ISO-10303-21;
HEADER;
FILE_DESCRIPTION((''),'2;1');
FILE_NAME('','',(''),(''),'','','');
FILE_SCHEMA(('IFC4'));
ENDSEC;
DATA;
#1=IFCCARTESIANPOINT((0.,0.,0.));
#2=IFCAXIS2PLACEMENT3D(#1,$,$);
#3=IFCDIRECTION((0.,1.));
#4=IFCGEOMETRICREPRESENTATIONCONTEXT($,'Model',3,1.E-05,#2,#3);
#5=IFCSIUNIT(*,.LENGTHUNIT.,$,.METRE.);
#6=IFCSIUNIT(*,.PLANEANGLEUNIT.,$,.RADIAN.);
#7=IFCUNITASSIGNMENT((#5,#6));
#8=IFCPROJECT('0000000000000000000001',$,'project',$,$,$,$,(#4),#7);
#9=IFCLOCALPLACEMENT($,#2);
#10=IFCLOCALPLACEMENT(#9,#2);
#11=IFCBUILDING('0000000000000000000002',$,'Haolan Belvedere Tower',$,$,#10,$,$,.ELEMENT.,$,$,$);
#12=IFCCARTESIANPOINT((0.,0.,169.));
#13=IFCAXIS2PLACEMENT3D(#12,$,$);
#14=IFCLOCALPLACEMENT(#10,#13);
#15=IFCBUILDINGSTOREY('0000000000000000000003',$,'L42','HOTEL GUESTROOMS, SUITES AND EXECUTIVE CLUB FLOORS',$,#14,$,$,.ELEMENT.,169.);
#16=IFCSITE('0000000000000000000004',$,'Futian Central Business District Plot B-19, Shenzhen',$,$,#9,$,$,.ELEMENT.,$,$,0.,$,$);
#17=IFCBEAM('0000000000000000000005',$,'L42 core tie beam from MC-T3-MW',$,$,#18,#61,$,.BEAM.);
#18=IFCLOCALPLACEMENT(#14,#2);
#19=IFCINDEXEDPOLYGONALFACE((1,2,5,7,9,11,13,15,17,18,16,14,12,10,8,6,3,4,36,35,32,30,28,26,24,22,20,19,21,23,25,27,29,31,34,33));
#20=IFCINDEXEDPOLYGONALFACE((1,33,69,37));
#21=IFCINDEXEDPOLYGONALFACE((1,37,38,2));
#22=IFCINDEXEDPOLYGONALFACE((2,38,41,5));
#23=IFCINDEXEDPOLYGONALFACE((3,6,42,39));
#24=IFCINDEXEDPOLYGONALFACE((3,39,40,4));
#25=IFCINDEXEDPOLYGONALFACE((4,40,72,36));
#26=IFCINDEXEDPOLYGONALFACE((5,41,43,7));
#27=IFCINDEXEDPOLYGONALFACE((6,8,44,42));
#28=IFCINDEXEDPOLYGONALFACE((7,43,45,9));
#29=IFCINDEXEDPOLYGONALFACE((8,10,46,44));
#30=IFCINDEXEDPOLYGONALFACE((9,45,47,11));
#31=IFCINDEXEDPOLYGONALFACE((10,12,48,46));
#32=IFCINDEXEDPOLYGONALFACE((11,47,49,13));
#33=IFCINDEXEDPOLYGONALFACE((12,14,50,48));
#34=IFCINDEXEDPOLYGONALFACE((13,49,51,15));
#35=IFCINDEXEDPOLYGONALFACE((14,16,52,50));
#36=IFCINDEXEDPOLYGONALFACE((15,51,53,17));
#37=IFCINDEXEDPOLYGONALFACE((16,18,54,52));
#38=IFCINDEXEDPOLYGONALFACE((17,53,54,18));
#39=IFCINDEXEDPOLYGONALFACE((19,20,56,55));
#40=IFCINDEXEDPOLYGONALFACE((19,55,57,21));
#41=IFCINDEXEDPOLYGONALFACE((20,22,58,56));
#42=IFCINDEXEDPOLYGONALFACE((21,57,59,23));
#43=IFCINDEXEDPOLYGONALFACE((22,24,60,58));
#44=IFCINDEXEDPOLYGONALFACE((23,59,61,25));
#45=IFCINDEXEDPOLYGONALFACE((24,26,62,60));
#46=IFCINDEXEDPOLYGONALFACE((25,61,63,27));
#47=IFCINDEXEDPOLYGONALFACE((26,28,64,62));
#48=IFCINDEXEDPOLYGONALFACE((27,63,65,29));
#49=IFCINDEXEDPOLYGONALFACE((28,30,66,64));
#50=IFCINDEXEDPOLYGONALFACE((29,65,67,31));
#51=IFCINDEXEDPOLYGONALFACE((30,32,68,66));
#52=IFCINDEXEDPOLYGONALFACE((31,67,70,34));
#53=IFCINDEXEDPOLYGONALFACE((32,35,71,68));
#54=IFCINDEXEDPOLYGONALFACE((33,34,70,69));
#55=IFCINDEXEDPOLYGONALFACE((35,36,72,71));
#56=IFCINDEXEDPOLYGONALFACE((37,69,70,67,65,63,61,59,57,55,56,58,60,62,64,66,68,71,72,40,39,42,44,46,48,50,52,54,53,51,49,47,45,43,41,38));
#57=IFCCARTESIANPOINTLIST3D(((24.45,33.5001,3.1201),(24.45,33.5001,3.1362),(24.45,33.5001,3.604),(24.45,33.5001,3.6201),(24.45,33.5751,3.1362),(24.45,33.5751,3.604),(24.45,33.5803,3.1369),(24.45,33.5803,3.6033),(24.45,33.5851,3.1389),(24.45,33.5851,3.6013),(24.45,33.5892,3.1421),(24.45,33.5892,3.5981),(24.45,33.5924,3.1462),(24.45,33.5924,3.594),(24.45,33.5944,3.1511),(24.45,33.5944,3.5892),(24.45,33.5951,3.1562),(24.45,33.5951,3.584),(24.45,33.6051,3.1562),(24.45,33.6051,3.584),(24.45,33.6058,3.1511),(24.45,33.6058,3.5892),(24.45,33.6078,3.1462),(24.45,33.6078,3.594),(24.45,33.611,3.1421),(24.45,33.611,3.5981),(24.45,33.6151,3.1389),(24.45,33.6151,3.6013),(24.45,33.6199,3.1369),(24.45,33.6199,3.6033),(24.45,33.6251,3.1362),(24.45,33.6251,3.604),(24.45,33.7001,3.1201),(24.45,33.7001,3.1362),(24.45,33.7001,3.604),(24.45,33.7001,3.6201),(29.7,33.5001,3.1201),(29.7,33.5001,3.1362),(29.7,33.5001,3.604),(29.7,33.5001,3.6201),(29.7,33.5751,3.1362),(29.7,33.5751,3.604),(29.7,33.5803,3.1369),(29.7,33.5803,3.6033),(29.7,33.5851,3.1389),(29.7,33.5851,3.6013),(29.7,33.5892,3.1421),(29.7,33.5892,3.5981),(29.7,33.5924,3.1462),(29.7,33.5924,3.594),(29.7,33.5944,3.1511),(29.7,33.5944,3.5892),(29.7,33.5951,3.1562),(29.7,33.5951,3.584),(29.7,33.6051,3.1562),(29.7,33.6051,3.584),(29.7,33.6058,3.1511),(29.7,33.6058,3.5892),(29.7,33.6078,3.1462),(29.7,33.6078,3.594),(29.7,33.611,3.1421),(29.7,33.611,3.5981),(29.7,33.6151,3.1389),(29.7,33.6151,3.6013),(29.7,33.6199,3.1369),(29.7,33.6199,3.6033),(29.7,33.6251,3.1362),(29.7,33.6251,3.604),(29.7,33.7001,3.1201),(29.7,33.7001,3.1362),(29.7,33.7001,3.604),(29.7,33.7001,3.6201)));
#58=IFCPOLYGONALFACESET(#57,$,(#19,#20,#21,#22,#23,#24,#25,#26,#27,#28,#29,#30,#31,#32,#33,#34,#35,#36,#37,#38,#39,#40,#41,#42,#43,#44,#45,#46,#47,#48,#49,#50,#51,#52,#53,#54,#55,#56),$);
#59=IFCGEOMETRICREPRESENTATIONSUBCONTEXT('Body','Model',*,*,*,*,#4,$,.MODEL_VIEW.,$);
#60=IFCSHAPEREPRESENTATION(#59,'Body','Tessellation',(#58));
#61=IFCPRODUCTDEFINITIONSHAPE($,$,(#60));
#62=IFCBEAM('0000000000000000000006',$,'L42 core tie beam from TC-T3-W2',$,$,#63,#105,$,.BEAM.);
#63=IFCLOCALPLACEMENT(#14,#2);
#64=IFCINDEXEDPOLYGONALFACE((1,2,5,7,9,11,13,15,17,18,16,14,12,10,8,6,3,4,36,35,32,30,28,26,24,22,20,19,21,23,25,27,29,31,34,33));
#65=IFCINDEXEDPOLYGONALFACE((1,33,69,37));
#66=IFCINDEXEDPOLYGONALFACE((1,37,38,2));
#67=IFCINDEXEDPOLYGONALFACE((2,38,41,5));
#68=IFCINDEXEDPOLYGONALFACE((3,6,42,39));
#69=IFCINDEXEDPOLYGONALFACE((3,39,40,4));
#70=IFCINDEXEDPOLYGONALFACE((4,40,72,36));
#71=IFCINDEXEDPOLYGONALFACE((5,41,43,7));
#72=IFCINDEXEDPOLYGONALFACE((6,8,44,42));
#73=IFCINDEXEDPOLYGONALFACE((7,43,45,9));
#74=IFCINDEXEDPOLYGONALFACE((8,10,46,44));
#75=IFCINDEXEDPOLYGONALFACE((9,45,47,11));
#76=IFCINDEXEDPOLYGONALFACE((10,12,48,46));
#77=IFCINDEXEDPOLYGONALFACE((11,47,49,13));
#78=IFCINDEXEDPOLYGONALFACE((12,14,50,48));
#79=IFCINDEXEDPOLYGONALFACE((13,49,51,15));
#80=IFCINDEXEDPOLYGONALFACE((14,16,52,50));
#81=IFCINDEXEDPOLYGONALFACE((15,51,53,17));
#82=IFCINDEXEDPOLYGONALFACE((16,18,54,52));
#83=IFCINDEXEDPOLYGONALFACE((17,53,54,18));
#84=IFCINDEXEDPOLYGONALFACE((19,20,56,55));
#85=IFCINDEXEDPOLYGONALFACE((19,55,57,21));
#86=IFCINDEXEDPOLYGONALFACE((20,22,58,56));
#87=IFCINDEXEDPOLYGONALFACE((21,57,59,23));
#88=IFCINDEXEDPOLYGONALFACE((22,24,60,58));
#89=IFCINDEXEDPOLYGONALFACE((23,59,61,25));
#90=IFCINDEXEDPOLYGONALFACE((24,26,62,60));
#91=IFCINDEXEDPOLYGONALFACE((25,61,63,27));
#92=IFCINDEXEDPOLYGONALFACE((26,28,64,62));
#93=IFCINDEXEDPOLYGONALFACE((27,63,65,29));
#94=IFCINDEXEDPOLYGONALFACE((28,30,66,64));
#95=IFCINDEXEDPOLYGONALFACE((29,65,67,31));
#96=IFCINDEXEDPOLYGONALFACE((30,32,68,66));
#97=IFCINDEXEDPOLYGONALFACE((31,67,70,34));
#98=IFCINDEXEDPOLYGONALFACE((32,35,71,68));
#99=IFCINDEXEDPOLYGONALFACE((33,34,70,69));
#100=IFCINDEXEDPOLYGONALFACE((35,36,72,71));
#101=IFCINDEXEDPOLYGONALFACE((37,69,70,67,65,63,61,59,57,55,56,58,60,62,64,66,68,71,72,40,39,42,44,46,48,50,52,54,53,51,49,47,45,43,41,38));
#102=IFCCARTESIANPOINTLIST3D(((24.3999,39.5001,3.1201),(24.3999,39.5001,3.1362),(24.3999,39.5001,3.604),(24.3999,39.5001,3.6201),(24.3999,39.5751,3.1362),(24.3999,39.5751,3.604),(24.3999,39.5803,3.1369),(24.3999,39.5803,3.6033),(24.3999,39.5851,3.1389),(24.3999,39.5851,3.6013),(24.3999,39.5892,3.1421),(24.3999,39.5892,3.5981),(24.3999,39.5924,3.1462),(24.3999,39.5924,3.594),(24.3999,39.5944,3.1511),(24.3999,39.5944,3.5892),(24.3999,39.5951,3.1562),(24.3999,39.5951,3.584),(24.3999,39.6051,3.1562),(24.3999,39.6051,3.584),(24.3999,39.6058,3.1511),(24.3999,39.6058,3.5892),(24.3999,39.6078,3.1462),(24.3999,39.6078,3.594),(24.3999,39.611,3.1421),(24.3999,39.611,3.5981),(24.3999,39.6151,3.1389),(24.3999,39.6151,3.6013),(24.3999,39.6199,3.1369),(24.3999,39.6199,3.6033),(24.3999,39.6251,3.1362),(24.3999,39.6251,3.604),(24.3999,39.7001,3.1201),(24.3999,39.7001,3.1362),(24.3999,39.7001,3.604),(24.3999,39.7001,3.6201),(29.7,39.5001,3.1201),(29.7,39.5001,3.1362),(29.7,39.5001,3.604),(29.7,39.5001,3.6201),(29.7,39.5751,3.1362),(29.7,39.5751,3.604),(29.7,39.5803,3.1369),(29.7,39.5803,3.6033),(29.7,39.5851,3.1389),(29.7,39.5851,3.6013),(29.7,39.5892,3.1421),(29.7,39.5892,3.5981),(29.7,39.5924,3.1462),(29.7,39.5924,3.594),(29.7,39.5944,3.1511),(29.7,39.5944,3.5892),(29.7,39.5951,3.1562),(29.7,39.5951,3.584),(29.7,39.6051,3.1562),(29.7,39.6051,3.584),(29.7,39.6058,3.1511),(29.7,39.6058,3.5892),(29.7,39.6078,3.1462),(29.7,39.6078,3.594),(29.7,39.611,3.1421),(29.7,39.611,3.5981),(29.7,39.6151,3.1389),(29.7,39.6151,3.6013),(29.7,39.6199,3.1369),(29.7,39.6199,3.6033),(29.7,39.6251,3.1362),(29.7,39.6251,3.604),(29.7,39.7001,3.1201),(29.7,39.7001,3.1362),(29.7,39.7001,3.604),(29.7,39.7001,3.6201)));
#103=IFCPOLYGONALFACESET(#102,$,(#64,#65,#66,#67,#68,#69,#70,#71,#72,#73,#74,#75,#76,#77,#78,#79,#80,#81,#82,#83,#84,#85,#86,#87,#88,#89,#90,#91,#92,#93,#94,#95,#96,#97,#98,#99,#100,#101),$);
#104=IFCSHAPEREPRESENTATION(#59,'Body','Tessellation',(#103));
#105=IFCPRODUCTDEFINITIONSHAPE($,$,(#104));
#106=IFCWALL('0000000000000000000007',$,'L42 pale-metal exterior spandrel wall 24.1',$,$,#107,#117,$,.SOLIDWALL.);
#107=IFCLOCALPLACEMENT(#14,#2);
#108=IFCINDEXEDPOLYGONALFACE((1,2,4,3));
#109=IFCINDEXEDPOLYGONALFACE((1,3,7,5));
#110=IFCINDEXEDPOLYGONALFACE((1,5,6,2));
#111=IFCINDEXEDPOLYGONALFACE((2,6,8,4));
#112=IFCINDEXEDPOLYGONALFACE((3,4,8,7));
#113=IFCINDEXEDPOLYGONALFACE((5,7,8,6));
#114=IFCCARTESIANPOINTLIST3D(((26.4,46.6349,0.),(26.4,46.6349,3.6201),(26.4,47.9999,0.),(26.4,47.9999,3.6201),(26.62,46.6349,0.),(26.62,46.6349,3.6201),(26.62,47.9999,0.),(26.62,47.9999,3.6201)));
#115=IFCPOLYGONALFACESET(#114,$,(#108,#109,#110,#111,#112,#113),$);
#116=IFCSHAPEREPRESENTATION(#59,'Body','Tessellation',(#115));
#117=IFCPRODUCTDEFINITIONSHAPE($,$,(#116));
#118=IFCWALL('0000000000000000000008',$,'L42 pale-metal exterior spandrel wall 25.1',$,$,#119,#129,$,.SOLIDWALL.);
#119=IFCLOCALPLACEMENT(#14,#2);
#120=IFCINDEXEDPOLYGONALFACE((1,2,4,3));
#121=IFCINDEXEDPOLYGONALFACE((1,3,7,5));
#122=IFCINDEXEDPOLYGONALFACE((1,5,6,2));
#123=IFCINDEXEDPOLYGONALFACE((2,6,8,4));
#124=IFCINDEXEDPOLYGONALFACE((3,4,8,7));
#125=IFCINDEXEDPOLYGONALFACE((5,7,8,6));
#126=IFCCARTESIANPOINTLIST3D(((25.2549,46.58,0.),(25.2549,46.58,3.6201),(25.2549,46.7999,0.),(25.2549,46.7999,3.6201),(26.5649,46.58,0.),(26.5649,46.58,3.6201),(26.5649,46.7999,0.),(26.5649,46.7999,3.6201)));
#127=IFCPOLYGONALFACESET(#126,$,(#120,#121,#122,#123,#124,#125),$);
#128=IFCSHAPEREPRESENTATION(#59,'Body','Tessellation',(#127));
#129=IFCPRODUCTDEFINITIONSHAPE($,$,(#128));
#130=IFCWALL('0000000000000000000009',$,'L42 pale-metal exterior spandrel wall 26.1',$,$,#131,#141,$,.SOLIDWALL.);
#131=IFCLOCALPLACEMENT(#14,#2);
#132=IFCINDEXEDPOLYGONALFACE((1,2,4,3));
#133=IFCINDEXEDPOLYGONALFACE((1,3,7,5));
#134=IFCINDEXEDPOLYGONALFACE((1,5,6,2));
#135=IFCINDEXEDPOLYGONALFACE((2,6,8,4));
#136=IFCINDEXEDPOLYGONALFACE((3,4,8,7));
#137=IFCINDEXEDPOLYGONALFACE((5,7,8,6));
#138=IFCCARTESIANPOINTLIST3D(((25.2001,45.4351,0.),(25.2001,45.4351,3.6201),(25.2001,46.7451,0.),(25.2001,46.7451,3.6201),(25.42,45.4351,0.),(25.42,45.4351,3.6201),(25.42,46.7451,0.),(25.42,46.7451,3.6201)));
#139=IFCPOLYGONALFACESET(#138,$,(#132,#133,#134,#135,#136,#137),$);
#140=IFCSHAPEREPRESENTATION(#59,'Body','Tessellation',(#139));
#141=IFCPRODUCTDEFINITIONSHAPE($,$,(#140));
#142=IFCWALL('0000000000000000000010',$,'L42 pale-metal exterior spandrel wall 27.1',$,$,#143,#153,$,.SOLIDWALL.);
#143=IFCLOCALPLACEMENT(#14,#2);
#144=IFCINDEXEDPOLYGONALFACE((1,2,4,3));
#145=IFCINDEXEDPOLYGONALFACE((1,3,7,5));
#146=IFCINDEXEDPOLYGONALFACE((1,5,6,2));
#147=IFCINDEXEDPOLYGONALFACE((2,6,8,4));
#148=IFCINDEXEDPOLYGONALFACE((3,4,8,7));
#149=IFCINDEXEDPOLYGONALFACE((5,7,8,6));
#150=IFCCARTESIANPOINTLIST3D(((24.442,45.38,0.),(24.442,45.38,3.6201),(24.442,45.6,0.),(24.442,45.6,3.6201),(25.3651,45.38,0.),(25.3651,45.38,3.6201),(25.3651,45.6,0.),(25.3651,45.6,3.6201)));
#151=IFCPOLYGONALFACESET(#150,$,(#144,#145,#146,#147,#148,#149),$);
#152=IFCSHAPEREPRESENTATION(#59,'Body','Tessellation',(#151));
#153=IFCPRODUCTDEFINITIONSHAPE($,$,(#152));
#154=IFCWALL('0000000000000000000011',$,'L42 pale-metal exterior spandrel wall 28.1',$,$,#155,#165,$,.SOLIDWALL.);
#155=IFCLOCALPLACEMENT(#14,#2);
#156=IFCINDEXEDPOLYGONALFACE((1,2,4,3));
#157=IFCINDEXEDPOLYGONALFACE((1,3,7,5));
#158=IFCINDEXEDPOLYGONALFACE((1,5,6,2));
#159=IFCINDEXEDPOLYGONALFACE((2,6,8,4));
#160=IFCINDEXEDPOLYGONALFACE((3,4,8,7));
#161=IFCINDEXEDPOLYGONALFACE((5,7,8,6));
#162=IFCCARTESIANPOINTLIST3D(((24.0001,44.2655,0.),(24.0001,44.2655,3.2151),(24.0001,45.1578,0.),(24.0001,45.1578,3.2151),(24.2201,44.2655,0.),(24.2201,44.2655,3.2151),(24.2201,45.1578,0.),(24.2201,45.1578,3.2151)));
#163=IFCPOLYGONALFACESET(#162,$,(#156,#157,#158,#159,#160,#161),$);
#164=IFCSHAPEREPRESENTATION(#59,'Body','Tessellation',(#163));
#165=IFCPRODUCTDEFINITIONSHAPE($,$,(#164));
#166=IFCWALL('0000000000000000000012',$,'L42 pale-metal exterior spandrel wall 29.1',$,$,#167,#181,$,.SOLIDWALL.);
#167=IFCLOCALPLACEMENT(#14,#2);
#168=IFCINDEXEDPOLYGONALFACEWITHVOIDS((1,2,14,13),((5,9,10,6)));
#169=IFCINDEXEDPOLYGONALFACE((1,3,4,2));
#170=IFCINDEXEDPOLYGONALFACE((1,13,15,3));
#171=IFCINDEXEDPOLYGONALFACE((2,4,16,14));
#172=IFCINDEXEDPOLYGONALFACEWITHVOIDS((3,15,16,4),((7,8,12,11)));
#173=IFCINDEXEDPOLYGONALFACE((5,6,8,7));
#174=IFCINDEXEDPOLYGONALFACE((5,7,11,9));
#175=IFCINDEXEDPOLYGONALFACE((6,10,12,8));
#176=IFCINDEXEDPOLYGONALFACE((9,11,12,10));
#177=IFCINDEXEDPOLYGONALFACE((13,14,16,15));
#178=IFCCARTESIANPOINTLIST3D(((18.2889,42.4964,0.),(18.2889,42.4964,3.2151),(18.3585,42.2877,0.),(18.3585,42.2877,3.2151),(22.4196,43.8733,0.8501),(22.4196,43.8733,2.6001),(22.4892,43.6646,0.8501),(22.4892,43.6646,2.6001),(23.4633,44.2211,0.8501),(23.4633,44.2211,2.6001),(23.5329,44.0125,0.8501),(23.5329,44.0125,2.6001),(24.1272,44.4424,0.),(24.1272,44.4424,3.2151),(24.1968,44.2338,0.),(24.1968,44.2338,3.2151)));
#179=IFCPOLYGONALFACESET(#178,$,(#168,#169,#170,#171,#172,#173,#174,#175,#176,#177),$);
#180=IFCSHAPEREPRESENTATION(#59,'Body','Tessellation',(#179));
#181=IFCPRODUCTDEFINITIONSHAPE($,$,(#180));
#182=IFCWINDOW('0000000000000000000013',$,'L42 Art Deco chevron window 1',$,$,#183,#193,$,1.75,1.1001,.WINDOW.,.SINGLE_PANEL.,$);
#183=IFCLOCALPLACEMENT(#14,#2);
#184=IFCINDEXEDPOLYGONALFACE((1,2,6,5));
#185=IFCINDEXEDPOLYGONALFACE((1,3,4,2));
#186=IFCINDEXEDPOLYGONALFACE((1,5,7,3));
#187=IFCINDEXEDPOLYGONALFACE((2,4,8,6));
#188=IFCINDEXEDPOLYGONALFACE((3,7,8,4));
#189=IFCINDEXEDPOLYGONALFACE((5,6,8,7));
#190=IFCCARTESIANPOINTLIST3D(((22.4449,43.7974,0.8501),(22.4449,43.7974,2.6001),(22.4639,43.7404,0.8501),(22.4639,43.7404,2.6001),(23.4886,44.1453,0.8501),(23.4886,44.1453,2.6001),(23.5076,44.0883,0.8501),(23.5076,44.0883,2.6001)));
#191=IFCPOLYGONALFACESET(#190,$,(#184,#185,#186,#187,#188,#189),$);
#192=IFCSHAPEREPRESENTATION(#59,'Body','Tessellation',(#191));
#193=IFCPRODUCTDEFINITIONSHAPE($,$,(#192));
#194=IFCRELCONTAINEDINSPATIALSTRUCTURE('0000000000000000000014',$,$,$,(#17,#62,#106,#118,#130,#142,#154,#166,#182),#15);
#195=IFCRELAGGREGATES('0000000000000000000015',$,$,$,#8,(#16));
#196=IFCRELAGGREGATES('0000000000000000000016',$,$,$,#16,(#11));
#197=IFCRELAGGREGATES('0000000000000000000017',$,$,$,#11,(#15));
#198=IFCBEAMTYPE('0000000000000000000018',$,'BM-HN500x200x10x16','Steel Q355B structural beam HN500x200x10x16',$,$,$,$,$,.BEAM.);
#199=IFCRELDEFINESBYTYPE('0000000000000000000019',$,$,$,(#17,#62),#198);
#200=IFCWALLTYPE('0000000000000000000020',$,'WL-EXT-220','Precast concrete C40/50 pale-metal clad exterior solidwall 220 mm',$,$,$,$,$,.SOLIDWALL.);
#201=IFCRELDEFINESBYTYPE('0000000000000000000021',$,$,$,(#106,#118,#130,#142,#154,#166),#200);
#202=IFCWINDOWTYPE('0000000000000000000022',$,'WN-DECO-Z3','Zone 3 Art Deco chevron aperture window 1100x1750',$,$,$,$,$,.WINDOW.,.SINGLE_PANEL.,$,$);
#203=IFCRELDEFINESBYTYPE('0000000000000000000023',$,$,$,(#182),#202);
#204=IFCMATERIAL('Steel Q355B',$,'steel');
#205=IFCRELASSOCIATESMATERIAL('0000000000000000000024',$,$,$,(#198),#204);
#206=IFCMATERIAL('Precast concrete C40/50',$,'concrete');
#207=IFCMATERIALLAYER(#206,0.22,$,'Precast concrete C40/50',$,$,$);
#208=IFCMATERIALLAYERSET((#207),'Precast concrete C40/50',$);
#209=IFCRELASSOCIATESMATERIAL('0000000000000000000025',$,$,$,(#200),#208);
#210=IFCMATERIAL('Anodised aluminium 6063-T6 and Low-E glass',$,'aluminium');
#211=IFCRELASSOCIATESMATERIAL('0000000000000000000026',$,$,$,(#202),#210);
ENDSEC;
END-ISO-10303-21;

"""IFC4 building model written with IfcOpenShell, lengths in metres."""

from ifc_helpers import new_model, si_unit, direction, frame, frame_2d, origin, origin_2d, place, context, subcontext, project, spatial, rectangle, i_section, extrude, material, layer, layer_set, material_profile, profile_set, type_object, element, fill, save


model = new_model("IFC4")

# Units and contexts
model_context = context("Model", 3, precision=1e-05, world=origin(), true_north=direction((0.0, 1.0)))
body_context = subcontext(model_context, "Body", "Model", "MODEL_VIEW")
ifc_project = project(units=[si_unit("LENGTHUNIT", "METRE"), si_unit("PLANEANGLEUNIT", "RADIAN")], contexts=[model_context])

# Site, building, storey
site_placement = place(None, origin())
site = spatial("IfcSite", under=ifc_project, at=site_placement, Name="Futian Central Business District Plot B-19, Shenzhen", CompositionType="ELEMENT", RefElevation=0.0)
building_placement = place(site_placement, origin())
building = spatial("IfcBuilding", under=site, at=building_placement, Name="Haolan Belvedere Tower", CompositionType="ELEMENT")
storey_placement = place(building_placement, frame((0.0, 0.0, 169.0)))
storey = spatial("IfcBuildingStorey", under=building, at=storey_placement, Name="L42", Description="HOTEL GUESTROOMS, SUITES AND EXECUTIVE CLUB FLOORS", CompositionType="ELEMENT", Elevation=169.0)

# Beams
ifc_material_1 = material(Name="Steel Q355B", Category="steel")
ifc_material_profile_1 = material_profile(ifc_material_1, i_section(OverallWidth=0.2, OverallDepth=0.5, WebThickness=0.01, FlangeThickness=0.0161, FilletRadius=0.02, at=origin_2d()), Name="Steel Q355B")
ifc_profile_set_1 = profile_set([ifc_material_profile_1], Name="Steel Q355B")
beam_type_1 = type_object("IfcBeamType", Name="BM-HN500x200x10x16", Description="Steel Q355B structural beam HN500x200x10x16", PredefinedType="BEAM", material=ifc_profile_set_1)
beam_1_placement = place(storey_placement, frame((24.45, 33.6001, 3.3701), z_axis=(1.0, 0.0, 0.0), x_axis=(0.0, 1.0, 0.0)))
element("IfcBeam", 1, at=beam_1_placement, inside=storey, type_object=beam_type_1, Name="L42 core tie beam from MC-T3-MW", PredefinedType="BEAM", context=body_context, shape_type="SweptSolid", body=[
    extrude(i_section(OverallWidth=0.2, OverallDepth=0.5, WebThickness=0.01, FlangeThickness=0.0161, FilletRadius=0.02, at=origin_2d()), origin(), (0.0, 0.0, 1.0), 5.25),
])
beam_2_placement = place(storey_placement, frame((24.3999, 39.6001, 3.3701), z_axis=(1.0, 0.0, 0.0), x_axis=(0.0, 1.0, 0.0)))
element("IfcBeam", 2, at=beam_2_placement, inside=storey, type_object=beam_type_1, Name="L42 core tie beam from TC-T3-W2", PredefinedType="BEAM", context=body_context, shape_type="SweptSolid", body=[
    extrude(i_section(OverallWidth=0.2, OverallDepth=0.5, WebThickness=0.01, FlangeThickness=0.0161, FilletRadius=0.02, at=origin_2d()), origin(), (0.0, 0.0, 1.0), 5.3),
])

# Walls
ifc_material_2 = material(Name="Precast concrete C40/50", Category="concrete")
ifc_layer_1 = layer(ifc_material_2, 0.22, Name="Precast concrete C40/50")
ifc_layer_set_1 = layer_set([ifc_layer_1], Name="Precast concrete C40/50")
wall_type_1 = type_object("IfcWallType", Name="WL-EXT-220", Description="Precast concrete C40/50 pale-metal clad exterior solidwall 220 mm", PredefinedType="SOLIDWALL", material=ifc_layer_set_1)
wall_1_placement = place(storey_placement, frame((26.51, 48.0, 0.0), z_axis=(0.0, 0.0, 1.0), x_axis=(0.0, -1.0, 0.0)))
element("IfcWall", 3, at=wall_1_placement, inside=storey, type_object=wall_type_1, Name="L42 pale-metal exterior spandrel wall 24.1", PredefinedType="SOLIDWALL", context=body_context, shape_type="SweptSolid", body=[
    extrude(rectangle(XDim=1.365, YDim=0.22, at=frame_2d((0.6826, 0.0))), origin(), (0.0, 0.0, 1.0), 3.6201),
])
for number, where, z_axis, x_axis, name in (
    (4, (26.5649, 46.6899, 0.0), (0.0, 0.0, 1.0), (-1.0, 0.0, 0.0), "L42 pale-metal exterior spandrel wall 25.1"),
    (5, (25.3101, 46.7451, 0.0), (0.0, 0.0, 1.0), (0.0, -1.0, 0.0), "L42 pale-metal exterior spandrel wall 26.1"),
):
    element("IfcWall", number, at=place(storey_placement, frame(where, z_axis=z_axis, x_axis=x_axis)), inside=storey, type_object=wall_type_1, Name=name, PredefinedType="SOLIDWALL", context=body_context, shape_type="SweptSolid", body=[
        extrude(rectangle(XDim=1.3101, YDim=0.22, at=frame_2d((0.655, 0.0))), origin(), (0.0, 0.0, 1.0), 3.6201),
    ])
wall_2_placement = place(storey_placement, frame((25.365, 45.49, 0.0), z_axis=(0.0, 0.0, 1.0), x_axis=(-1.0, 0.0, 0.0)))
element("IfcWall", 6, at=wall_2_placement, inside=storey, type_object=wall_type_1, Name="L42 pale-metal exterior spandrel wall 27.1", PredefinedType="SOLIDWALL", context=body_context, shape_type="SweptSolid", body=[
    extrude(rectangle(XDim=0.9231, YDim=0.22, at=frame_2d((0.4614, 0.0))), origin(), (0.0, 0.0, 1.0), 3.6201),
])
wall_3_placement = place(storey_placement, frame((24.1101, 45.158, 0.0), z_axis=(0.0, 0.0, 1.0), x_axis=(0.0, -1.0, 0.0)))
element("IfcWall", 7, at=wall_3_placement, inside=storey, type_object=wall_type_1, Name="L42 pale-metal exterior spandrel wall 28.1", PredefinedType="SOLIDWALL", context=body_context, shape_type="SweptSolid", body=[
    extrude(rectangle(XDim=0.8923, YDim=0.22, at=frame_2d((0.4463, 0.0))), origin(), (0.0, 0.0, 1.0), 3.2151),
])

# Wall, opening, window
wall_4_placement = place(storey_placement, frame((24.1621, 44.3381, 0.0), z_axis=(0.0, 0.0, 1.0), x_axis=(-0.948687, -0.316216, 0.0)))
wall_4 = element("IfcWall", 8, at=wall_4_placement, inside=storey, type_object=wall_type_1, Name="L42 pale-metal exterior spandrel wall 29.1", PredefinedType="SOLIDWALL", context=body_context, shape_type="SweptSolid", body=[
    extrude(rectangle(XDim=6.1541, YDim=0.22, at=frame_2d((3.0771, 0.0))), origin(), (0.0, 0.0, 1.0), 3.2151),
])
opening_1_placement = place(wall_4_placement, frame((0.7, 0.0, 0.8501)))
opening_1 = element("IfcOpeningElement", 9, at=opening_1_placement, cuts=wall_4, PredefinedType="OPENING", context=body_context, shape_type="SweptSolid", body=[
    extrude(rectangle(XDim=1.1001, YDim=1.75, at=frame_2d((0.55, 0.875))), frame((0.0, 0.1199, 0.0), z_axis=(0.0, -1.0, 0.0), x_axis=(1.0, 0.0, 0.0)), (0.0, 0.0, 1.0), 0.24),
])
ifc_material_3 = material(Name="Anodised aluminium 6063-T6 and Low-E glass", Category="aluminium")
window_type = type_object("IfcWindowType", Name="WN-DECO-Z3", Description="Zone 3 Art Deco chevron aperture window 1100x1750", PartitioningType="SINGLE_PANEL", PredefinedType="WINDOW", material=ifc_material_3)
window_placement = place(opening_1_placement, origin())
window = element("IfcWindow", 10, at=window_placement, inside=storey, type_object=window_type, Name="L42 Art Deco chevron window 1", OverallHeight=1.75, OverallWidth=1.1001, PartitioningType="SINGLE_PANEL", PredefinedType="WINDOW", context=body_context, shape_type="SweptSolid", body=[
    extrude(rectangle(XDim=1.1001, YDim=1.75, at=frame_2d((0.55, 0.875))), frame((0.0, 0.03, 0.0), z_axis=(0.0, -1.0, 0.0), x_axis=(1.0, 0.0, 0.0)), (0.0, 0.0, 1.0), 0.0601),
])
fill(opening_1, window)

save(model, "model.ifc")
